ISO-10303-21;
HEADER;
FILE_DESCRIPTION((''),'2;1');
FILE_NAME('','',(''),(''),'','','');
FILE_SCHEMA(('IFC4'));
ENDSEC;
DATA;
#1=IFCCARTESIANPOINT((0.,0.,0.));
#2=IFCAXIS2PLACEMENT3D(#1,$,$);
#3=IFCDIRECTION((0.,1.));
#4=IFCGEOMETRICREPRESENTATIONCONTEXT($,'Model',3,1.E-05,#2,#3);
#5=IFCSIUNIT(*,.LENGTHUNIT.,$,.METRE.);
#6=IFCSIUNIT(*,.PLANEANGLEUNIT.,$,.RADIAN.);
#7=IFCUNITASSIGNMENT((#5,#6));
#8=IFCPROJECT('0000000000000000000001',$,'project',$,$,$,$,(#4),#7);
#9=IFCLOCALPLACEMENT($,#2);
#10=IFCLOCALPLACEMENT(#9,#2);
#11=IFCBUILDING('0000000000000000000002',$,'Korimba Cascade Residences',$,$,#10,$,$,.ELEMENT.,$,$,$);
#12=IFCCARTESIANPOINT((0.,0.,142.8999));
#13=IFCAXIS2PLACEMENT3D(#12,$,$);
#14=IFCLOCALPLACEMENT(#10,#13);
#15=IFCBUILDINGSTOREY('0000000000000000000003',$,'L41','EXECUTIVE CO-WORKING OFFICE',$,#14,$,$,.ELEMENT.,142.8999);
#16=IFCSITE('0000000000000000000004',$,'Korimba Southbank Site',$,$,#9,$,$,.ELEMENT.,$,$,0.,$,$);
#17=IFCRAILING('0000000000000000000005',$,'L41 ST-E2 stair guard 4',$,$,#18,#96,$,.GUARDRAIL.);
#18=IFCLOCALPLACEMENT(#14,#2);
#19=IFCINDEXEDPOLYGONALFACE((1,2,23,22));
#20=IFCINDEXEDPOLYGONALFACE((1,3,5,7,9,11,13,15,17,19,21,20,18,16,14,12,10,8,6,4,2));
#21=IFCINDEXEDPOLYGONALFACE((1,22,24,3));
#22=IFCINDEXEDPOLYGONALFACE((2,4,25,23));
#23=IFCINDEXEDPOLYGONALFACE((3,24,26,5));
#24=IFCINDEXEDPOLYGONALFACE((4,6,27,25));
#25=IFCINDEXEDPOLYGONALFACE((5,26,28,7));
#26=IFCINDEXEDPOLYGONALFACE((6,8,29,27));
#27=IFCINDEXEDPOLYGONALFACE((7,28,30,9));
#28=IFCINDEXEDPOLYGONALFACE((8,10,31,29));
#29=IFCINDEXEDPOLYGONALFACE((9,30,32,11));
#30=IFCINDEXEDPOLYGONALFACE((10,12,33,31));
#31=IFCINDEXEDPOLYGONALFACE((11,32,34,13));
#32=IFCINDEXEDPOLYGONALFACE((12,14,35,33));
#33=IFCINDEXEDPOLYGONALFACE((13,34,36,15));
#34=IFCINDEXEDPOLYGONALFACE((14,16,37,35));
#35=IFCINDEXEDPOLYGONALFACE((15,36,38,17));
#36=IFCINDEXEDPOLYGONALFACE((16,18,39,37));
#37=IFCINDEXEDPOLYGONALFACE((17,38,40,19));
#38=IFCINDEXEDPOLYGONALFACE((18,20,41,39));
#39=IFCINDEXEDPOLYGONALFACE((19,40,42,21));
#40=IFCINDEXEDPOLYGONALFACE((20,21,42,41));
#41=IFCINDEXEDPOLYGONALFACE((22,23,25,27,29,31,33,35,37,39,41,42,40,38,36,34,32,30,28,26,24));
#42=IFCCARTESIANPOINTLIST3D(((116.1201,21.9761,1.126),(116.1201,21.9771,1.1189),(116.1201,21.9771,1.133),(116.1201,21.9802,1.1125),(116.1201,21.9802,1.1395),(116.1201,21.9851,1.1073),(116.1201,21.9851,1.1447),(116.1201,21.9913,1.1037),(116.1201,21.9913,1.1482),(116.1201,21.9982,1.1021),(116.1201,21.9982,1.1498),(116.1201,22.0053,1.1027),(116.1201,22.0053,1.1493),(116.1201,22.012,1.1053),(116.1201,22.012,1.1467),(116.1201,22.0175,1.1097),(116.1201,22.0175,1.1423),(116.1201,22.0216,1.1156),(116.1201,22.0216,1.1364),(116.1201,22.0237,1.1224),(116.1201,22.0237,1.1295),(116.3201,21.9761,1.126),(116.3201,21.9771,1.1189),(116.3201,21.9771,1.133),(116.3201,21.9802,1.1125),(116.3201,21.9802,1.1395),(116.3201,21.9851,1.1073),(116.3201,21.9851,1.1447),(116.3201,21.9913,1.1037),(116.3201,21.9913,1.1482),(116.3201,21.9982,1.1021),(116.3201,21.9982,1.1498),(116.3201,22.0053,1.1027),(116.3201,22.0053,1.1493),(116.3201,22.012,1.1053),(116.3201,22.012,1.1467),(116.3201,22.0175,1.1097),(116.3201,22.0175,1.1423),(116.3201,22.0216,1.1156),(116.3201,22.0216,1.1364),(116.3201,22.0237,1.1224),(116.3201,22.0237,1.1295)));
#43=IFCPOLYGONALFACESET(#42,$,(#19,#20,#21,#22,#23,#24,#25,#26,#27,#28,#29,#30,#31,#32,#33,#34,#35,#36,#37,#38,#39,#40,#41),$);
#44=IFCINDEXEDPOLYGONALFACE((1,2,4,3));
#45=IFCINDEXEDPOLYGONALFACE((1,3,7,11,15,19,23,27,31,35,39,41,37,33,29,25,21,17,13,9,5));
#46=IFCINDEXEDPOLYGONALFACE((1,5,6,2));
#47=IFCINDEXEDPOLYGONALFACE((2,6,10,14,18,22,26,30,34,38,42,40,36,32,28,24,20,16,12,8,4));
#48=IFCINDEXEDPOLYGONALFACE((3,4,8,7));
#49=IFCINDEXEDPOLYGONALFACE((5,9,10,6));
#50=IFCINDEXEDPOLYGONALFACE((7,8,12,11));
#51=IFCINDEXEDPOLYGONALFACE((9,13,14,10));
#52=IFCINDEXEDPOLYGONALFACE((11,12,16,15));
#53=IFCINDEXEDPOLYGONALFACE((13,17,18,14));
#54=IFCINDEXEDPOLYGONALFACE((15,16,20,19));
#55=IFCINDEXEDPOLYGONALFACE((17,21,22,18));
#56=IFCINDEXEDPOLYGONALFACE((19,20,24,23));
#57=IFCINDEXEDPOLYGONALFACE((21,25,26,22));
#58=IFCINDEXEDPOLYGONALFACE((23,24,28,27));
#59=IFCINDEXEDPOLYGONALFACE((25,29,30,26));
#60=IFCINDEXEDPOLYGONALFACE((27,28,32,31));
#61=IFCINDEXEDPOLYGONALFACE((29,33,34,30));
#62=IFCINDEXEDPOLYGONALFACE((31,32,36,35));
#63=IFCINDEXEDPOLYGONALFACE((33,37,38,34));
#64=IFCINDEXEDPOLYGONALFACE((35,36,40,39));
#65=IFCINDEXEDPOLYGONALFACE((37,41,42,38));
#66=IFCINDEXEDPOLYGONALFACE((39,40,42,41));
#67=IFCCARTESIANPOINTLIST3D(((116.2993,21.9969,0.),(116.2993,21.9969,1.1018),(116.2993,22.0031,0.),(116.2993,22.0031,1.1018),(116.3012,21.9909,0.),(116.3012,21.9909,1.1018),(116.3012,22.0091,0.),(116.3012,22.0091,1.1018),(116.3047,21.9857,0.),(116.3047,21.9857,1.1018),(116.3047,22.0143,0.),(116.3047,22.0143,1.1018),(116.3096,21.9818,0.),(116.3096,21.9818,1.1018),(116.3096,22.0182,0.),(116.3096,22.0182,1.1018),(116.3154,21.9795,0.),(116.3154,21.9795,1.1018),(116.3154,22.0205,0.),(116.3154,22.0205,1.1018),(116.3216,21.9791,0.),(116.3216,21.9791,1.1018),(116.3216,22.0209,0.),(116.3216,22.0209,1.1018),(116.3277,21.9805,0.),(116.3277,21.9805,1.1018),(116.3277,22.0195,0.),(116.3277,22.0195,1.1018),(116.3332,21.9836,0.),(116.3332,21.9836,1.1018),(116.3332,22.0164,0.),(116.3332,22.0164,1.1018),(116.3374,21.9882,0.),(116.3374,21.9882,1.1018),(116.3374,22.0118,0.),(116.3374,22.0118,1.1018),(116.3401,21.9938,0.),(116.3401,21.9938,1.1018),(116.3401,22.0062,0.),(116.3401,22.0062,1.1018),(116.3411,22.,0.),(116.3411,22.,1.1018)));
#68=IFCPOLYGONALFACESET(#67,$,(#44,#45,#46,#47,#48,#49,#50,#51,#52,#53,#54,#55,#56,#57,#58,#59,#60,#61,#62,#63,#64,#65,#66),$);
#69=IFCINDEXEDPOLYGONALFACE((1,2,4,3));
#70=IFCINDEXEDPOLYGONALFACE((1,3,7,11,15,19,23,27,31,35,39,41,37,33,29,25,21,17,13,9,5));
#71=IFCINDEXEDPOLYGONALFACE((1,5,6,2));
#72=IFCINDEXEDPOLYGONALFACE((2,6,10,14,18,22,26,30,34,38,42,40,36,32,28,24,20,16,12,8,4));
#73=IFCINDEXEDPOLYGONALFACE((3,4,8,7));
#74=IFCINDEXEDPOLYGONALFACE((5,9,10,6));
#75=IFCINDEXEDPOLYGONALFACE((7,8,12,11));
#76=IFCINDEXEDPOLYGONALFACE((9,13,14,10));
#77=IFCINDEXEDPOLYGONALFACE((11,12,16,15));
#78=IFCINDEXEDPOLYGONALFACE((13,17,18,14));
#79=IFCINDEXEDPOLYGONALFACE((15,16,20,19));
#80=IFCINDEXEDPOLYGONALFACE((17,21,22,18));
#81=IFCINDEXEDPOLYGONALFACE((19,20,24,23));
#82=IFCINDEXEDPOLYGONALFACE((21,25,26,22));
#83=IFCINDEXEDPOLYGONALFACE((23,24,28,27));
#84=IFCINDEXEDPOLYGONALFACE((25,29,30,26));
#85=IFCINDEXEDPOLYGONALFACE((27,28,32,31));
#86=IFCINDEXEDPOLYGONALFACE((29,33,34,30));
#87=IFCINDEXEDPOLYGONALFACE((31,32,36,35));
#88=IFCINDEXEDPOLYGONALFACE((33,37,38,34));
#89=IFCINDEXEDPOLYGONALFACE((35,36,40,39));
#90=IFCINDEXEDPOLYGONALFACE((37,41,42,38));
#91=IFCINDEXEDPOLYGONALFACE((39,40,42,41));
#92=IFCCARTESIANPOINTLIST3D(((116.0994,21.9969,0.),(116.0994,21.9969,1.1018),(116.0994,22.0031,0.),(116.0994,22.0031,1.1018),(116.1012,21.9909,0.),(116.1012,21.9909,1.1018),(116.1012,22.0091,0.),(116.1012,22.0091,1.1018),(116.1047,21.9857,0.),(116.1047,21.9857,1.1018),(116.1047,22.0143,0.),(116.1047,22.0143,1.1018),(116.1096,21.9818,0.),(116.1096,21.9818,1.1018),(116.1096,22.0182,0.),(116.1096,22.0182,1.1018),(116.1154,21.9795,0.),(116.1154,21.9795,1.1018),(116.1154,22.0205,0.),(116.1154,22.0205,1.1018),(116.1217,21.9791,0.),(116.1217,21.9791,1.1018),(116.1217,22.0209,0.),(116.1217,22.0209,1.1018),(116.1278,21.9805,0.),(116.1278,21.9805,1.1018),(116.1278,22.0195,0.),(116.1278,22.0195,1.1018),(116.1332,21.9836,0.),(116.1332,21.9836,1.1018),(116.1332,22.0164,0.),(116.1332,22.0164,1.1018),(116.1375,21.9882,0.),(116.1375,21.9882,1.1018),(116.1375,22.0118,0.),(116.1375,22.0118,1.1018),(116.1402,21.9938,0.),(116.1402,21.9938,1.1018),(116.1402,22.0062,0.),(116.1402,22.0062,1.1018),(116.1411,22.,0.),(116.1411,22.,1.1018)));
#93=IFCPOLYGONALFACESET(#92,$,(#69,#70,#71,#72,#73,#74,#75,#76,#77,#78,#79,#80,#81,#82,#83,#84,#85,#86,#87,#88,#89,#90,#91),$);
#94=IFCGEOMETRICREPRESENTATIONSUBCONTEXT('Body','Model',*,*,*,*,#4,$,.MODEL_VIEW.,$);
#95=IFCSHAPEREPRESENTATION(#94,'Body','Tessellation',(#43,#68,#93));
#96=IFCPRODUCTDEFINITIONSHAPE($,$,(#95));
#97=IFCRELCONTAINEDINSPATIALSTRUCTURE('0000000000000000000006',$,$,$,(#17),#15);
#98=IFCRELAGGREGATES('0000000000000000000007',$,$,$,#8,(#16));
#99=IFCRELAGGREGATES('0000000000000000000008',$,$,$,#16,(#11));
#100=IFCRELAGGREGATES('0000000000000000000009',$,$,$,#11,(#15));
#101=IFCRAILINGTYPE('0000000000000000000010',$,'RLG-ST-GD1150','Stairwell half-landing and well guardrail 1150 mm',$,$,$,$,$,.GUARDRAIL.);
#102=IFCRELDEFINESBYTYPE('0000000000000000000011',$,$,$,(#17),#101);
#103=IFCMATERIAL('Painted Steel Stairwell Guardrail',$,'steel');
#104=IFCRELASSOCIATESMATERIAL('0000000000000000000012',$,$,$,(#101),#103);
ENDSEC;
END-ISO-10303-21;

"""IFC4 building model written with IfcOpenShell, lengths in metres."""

from ifc_helpers import new_model, si_unit, direction, frame, origin, origin_2d, place, context, subcontext, project, spatial, circle, extrude, material, type_object, element, save


model = new_model("IFC4")

# Units and contexts
model_context = context("Model", 3, precision=1e-05, world=origin(), true_north=direction((0.0, 1.0)))
body_context = subcontext(model_context, "Body", "Model", "MODEL_VIEW")
ifc_project = project(units=[si_unit("LENGTHUNIT", "METRE"), si_unit("PLANEANGLEUNIT", "RADIAN")], contexts=[model_context])

# Site, building, storey
site_placement = place(None, origin())
site = spatial("IfcSite", under=ifc_project, at=site_placement, Name="Korimba Southbank Site", CompositionType="ELEMENT", RefElevation=0.0)
building_placement = place(site_placement, origin())
building = spatial("IfcBuilding", under=site, at=building_placement, Name="Korimba Cascade Residences", CompositionType="ELEMENT")
storey_placement = place(building_placement, frame((0.0, 0.0, 142.8999)))
storey = spatial("IfcBuildingStorey", under=building, at=storey_placement, Name="L41", Description="EXECUTIVE CO-WORKING OFFICE", CompositionType="ELEMENT", Elevation=142.8999)

# Railing
ifc_material_1 = material(Name="Painted Steel Stairwell Guardrail", Category="steel")
railing_type_1 = type_object("IfcRailingType", Name="RLG-ST-GD1150", Description="Stairwell half-landing and well guardrail 1150 mm", PredefinedType="GUARDRAIL", material=ifc_material_1)
railing_1_placement = place(storey_placement, frame((116.3201, 22.0, 0.0)))
element("IfcRailing", 1, at=railing_1_placement, inside=storey, type_object=railing_type_1, Name="L41 ST-E2 stair guard 4", PredefinedType="GUARDRAIL", context=body_context, shape_type="SweptSolid", body=[
    extrude(circle(Radius=0.0239, at=origin_2d()), frame((0.0, 0.0, 1.126), z_axis=(-1.0, 0.0, 0.0), x_axis=(0.0, -1.0, 0.0)), (0.0, 0.0, 1.0), 0.2),
    extrude(circle(Radius=0.021, at=origin_2d()), origin(), (0.0, 0.0, 1.0), 1.1018),
    extrude(circle(Radius=0.021, at=origin_2d()), frame((-0.2, 0.0, 0.0)), (0.0, 0.0, 1.0), 1.1018),
])

save(model, "model.ifc")
